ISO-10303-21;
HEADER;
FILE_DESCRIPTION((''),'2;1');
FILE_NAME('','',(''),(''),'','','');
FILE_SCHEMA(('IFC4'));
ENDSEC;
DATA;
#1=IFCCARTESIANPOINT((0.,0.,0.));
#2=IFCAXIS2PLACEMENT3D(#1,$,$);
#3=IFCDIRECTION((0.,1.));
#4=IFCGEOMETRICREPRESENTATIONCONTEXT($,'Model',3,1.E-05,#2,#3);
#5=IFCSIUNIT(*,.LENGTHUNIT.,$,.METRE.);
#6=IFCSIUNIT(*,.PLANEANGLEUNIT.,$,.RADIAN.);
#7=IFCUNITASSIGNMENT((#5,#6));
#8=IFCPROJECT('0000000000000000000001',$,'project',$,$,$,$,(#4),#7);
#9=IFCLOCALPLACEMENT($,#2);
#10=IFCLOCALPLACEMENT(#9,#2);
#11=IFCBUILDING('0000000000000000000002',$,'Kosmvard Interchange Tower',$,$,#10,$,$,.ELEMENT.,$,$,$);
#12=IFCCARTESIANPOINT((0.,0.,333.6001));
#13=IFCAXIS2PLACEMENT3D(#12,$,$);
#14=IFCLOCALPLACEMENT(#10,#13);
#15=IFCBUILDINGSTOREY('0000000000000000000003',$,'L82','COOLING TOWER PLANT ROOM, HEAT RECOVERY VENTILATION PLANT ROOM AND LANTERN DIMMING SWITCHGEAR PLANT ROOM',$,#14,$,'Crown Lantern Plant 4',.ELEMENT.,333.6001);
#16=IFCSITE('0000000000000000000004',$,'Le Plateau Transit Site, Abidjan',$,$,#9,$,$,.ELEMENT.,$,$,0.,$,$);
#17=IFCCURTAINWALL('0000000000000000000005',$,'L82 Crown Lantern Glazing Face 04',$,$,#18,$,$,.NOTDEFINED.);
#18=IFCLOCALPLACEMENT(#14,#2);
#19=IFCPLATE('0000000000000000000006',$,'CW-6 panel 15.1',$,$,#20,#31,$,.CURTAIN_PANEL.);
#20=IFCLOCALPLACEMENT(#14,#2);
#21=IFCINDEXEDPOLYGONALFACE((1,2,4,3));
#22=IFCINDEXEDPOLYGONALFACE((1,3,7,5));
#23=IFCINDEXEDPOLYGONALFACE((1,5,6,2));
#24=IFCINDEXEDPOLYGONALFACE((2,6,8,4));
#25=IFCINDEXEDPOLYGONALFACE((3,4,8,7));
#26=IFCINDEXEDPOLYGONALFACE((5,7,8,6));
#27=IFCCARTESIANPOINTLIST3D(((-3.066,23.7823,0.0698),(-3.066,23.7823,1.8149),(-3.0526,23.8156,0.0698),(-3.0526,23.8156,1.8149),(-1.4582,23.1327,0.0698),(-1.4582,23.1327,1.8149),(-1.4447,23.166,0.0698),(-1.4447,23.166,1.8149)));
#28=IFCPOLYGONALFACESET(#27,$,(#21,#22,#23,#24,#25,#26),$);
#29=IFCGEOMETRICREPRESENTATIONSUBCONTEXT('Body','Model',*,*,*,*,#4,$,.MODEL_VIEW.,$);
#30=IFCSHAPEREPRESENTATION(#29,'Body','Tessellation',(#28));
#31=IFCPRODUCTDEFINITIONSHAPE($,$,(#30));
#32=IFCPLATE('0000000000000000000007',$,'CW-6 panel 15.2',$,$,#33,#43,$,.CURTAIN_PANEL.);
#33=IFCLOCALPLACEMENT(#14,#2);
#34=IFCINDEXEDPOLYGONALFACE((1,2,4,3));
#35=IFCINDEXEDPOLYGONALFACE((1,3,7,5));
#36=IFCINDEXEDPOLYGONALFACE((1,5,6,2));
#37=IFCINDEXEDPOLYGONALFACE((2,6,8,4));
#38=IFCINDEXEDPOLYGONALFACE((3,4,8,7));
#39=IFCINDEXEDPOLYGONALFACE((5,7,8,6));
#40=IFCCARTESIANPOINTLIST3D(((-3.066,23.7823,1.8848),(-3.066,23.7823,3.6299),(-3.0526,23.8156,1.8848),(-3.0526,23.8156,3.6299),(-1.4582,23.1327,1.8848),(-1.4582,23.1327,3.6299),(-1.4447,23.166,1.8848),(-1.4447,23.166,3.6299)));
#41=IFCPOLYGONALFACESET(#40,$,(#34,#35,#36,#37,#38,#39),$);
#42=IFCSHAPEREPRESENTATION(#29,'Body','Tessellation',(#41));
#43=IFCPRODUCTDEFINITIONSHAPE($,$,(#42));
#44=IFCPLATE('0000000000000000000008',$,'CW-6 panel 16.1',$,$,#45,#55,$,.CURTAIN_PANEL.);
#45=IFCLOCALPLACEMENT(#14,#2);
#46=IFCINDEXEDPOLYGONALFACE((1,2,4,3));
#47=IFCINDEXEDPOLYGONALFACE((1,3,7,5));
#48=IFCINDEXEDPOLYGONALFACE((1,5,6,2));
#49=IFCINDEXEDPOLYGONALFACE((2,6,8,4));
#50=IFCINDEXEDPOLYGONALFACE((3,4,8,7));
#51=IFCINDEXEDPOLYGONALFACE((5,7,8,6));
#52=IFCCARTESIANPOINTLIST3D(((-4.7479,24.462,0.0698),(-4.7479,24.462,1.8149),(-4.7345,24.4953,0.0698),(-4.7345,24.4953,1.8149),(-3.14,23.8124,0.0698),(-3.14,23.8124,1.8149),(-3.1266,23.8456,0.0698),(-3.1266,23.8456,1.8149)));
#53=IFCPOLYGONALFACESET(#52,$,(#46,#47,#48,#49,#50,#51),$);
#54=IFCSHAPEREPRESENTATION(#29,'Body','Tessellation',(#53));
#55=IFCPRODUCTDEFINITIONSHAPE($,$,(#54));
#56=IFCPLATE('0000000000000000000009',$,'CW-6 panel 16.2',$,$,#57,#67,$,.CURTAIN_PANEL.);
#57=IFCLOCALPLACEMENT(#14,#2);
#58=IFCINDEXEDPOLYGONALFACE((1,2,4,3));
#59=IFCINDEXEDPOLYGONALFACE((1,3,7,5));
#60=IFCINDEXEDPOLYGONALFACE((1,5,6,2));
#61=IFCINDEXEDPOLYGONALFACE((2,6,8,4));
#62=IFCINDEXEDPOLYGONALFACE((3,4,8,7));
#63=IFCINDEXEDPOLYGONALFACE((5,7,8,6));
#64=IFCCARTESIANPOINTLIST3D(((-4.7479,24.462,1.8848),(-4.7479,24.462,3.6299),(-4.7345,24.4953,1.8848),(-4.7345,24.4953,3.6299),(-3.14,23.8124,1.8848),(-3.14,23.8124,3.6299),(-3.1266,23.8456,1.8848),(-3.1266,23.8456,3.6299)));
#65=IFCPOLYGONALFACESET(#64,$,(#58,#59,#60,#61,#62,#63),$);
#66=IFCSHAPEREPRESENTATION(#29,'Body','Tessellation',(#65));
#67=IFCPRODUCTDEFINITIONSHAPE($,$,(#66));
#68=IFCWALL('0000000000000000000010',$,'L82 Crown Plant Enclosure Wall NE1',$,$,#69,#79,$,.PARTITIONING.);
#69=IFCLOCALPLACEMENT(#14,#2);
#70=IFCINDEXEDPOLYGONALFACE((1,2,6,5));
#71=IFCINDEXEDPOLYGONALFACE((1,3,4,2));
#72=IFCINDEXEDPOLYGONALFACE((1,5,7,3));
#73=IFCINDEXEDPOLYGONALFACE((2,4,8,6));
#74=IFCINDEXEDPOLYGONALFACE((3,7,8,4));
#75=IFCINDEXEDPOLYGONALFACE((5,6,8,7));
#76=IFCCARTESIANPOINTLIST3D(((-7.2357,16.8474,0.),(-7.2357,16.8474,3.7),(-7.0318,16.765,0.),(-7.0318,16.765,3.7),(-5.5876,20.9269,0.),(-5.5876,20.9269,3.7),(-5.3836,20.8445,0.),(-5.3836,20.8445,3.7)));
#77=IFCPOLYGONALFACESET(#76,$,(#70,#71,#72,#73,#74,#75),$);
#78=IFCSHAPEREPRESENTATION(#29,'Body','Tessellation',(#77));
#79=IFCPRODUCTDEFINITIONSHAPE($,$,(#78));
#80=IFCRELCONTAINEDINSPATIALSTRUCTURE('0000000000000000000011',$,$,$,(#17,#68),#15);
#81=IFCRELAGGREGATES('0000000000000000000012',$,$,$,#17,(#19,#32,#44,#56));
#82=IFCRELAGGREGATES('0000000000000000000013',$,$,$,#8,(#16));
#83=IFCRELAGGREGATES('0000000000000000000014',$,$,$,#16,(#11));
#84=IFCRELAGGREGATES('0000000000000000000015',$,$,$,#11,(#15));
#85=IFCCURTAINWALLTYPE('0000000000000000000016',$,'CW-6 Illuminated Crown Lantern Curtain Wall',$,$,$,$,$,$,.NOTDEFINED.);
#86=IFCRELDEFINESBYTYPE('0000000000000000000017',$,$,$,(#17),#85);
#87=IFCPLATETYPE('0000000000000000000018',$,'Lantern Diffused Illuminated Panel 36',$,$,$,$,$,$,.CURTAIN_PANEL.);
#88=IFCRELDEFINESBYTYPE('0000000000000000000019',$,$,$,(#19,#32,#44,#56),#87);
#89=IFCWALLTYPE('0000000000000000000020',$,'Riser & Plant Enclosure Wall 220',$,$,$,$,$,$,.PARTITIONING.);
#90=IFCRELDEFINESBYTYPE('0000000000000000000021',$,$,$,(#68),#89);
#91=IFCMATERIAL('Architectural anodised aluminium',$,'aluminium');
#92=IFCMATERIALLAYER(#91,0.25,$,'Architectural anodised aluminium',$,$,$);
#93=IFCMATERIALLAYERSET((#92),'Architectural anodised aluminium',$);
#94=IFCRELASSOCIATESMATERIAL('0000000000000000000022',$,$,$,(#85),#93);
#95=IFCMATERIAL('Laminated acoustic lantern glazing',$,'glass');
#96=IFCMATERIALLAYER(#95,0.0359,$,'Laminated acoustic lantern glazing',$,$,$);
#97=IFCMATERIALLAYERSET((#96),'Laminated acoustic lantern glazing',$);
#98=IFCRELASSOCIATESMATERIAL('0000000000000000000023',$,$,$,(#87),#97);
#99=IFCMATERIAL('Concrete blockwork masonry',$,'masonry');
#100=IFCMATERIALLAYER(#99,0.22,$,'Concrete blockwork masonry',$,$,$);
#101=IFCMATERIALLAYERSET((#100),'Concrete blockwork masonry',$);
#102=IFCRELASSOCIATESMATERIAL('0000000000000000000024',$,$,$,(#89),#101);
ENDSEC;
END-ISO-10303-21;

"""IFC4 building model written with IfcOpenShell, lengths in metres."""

from ifc_helpers import new_model, si_unit, direction, frame, frame_2d, origin, origin_2d, place, context, subcontext, project, spatial, rectangle, extrude, source, transform, mapped, material, layer, layer_set, type_object, element, aggregate, save


model = new_model("IFC4")

# Units and contexts
model_context = context("Model", 3, precision=1e-05, world=origin(), true_north=direction((0.0, 1.0)))
body_context = subcontext(model_context, "Body", "Model", "MODEL_VIEW")
ifc_project = project(units=[si_unit("LENGTHUNIT", "METRE"), si_unit("PLANEANGLEUNIT", "RADIAN")], contexts=[model_context])

# Site, building, storey
site_placement = place(None, origin())
site = spatial("IfcSite", under=ifc_project, at=site_placement, Name="Le Plateau Transit Site, Abidjan", CompositionType="ELEMENT", RefElevation=0.0)
building_placement = place(site_placement, origin())
building = spatial("IfcBuilding", under=site, at=building_placement, Name="Kosmvard Interchange Tower", CompositionType="ELEMENT")
storey_placement = place(building_placement, frame((0.0, 0.0, 333.6001)))
storey = spatial("IfcBuildingStorey", under=building, at=storey_placement, Name="L82", Description="COOLING TOWER PLANT ROOM, HEAT RECOVERY VENTILATION PLANT ROOM AND LANTERN DIMMING SWITCHGEAR PLANT ROOM", LongName="Crown Lantern Plant 4", CompositionType="ELEMENT", Elevation=333.6001)

# Curtain wall
ifc_material_1 = material(Name="Architectural anodised aluminium", Category="aluminium")
ifc_layer_1 = layer(ifc_material_1, 0.25, Name="Architectural anodised aluminium")
ifc_layer_set_1 = layer_set([ifc_layer_1], Name="Architectural anodised aluminium")
curtain_wall_type = type_object("IfcCurtainWallType", Name="CW-6 Illuminated Crown Lantern Curtain Wall", PredefinedType="NOTDEFINED", material=ifc_layer_set_1)
curtain_wall_placement = place(storey_placement, origin())
curtain_wall = element("IfcCurtainWall", 1, at=curtain_wall_placement, inside=storey, type_object=curtain_wall_type, Name="L82 Crown Lantern Glazing Face 04", PredefinedType="NOTDEFINED")

# Plates
ifc_material_2 = material(Name="Laminated acoustic lantern glazing", Category="glass")
ifc_layer_2 = layer(ifc_material_2, 0.0359, Name="Laminated acoustic lantern glazing")
ifc_layer_set_2 = layer_set([ifc_layer_2], Name="Laminated acoustic lantern glazing")
plate_type_1 = type_object("IfcPlateType", Name="Lantern Diffused Illuminated Panel 36", PredefinedType="CURTAIN_PANEL", material=ifc_layer_set_2)
shared_shape_1 = source(origin(), body_context, "Body", "SweptSolid", [
    extrude(rectangle(XDim=1.7341, YDim=0.0359, at=origin_2d()), origin(), (0.0, 0.0, 1.0), 1.7451),
])
plate_1_placement = place(storey_placement, frame((-2.2554, 23.4741, 0.0698), z_axis=(0.0, 0.0, 1.0), x_axis=(-0.927184, 0.374607, 0.0)))
plate_1 = element("IfcPlate", 2, at=plate_1_placement, type_object=plate_type_1, Name="CW-6 panel 15.1", PredefinedType="CURTAIN_PANEL", context=body_context, shape_type="MappedRepresentation", body=[
    mapped(shared_shape_1, transform((0.0, 0.0, 0.0), scale=1.0)),
])
plate_2_placement = place(storey_placement, frame((-2.2554, 23.4741, 1.8848), z_axis=(0.0, 0.0, 1.0), x_axis=(-0.927184, 0.374607, 0.0)))
plate_2 = element("IfcPlate", 3, at=plate_2_placement, type_object=plate_type_1, Name="CW-6 panel 15.2", PredefinedType="CURTAIN_PANEL", context=body_context, shape_type="MappedRepresentation", body=[
    mapped(shared_shape_1, transform((0.0, 0.0, 0.0), scale=1.0)),
])
plate_3_placement = place(storey_placement, frame((-3.9373, 24.1538, 0.0698), z_axis=(0.0, 0.0, 1.0), x_axis=(-0.927184, 0.374607, 0.0)))
plate_3 = element("IfcPlate", 4, at=plate_3_placement, type_object=plate_type_1, Name="CW-6 panel 16.1", PredefinedType="CURTAIN_PANEL", context=body_context, shape_type="MappedRepresentation", body=[
    mapped(shared_shape_1, transform((0.0, 0.0, 0.0), scale=1.0)),
])
plate_4_placement = place(storey_placement, frame((-3.9373, 24.1538, 1.8848), z_axis=(0.0, 0.0, 1.0), x_axis=(-0.927184, 0.374607, 0.0)))
plate_4 = element("IfcPlate", 5, at=plate_4_placement, type_object=plate_type_1, Name="CW-6 panel 16.2", PredefinedType="CURTAIN_PANEL", context=body_context, shape_type="MappedRepresentation", body=[
    mapped(shared_shape_1, transform((0.0, 0.0, 0.0), scale=1.0)),
])
aggregate(curtain_wall, [plate_1, plate_2, plate_3, plate_4])

# Wall
ifc_material_3 = material(Name="Concrete blockwork masonry", Category="masonry")
ifc_layer_3 = layer(ifc_material_3, 0.22, Name="Concrete blockwork masonry")
ifc_layer_set_3 = layer_set([ifc_layer_3], Name="Concrete blockwork masonry")
wall_type = type_object("IfcWallType", Name="Riser & Plant Enclosure Wall 220", PredefinedType="PARTITIONING", material=ifc_layer_set_3)
wall_placement = place(storey_placement, frame((-5.4856, 20.8857, 0.0), z_axis=(0.0, 0.0, 1.0), x_axis=(-0.374593, -0.927189, 0.0)))
element("IfcWall", 6, at=wall_placement, inside=storey, type_object=wall_type, Name="L82 Crown Plant Enclosure Wall NE1", PredefinedType="PARTITIONING", context=body_context, shape_type="SweptSolid", body=[
    extrude(rectangle(XDim=4.3999, YDim=0.22, at=frame_2d((2.2, 0.0))), origin(), (0.0, 0.0, 1.0), 3.7),
])

save(model, "model.ifc")
